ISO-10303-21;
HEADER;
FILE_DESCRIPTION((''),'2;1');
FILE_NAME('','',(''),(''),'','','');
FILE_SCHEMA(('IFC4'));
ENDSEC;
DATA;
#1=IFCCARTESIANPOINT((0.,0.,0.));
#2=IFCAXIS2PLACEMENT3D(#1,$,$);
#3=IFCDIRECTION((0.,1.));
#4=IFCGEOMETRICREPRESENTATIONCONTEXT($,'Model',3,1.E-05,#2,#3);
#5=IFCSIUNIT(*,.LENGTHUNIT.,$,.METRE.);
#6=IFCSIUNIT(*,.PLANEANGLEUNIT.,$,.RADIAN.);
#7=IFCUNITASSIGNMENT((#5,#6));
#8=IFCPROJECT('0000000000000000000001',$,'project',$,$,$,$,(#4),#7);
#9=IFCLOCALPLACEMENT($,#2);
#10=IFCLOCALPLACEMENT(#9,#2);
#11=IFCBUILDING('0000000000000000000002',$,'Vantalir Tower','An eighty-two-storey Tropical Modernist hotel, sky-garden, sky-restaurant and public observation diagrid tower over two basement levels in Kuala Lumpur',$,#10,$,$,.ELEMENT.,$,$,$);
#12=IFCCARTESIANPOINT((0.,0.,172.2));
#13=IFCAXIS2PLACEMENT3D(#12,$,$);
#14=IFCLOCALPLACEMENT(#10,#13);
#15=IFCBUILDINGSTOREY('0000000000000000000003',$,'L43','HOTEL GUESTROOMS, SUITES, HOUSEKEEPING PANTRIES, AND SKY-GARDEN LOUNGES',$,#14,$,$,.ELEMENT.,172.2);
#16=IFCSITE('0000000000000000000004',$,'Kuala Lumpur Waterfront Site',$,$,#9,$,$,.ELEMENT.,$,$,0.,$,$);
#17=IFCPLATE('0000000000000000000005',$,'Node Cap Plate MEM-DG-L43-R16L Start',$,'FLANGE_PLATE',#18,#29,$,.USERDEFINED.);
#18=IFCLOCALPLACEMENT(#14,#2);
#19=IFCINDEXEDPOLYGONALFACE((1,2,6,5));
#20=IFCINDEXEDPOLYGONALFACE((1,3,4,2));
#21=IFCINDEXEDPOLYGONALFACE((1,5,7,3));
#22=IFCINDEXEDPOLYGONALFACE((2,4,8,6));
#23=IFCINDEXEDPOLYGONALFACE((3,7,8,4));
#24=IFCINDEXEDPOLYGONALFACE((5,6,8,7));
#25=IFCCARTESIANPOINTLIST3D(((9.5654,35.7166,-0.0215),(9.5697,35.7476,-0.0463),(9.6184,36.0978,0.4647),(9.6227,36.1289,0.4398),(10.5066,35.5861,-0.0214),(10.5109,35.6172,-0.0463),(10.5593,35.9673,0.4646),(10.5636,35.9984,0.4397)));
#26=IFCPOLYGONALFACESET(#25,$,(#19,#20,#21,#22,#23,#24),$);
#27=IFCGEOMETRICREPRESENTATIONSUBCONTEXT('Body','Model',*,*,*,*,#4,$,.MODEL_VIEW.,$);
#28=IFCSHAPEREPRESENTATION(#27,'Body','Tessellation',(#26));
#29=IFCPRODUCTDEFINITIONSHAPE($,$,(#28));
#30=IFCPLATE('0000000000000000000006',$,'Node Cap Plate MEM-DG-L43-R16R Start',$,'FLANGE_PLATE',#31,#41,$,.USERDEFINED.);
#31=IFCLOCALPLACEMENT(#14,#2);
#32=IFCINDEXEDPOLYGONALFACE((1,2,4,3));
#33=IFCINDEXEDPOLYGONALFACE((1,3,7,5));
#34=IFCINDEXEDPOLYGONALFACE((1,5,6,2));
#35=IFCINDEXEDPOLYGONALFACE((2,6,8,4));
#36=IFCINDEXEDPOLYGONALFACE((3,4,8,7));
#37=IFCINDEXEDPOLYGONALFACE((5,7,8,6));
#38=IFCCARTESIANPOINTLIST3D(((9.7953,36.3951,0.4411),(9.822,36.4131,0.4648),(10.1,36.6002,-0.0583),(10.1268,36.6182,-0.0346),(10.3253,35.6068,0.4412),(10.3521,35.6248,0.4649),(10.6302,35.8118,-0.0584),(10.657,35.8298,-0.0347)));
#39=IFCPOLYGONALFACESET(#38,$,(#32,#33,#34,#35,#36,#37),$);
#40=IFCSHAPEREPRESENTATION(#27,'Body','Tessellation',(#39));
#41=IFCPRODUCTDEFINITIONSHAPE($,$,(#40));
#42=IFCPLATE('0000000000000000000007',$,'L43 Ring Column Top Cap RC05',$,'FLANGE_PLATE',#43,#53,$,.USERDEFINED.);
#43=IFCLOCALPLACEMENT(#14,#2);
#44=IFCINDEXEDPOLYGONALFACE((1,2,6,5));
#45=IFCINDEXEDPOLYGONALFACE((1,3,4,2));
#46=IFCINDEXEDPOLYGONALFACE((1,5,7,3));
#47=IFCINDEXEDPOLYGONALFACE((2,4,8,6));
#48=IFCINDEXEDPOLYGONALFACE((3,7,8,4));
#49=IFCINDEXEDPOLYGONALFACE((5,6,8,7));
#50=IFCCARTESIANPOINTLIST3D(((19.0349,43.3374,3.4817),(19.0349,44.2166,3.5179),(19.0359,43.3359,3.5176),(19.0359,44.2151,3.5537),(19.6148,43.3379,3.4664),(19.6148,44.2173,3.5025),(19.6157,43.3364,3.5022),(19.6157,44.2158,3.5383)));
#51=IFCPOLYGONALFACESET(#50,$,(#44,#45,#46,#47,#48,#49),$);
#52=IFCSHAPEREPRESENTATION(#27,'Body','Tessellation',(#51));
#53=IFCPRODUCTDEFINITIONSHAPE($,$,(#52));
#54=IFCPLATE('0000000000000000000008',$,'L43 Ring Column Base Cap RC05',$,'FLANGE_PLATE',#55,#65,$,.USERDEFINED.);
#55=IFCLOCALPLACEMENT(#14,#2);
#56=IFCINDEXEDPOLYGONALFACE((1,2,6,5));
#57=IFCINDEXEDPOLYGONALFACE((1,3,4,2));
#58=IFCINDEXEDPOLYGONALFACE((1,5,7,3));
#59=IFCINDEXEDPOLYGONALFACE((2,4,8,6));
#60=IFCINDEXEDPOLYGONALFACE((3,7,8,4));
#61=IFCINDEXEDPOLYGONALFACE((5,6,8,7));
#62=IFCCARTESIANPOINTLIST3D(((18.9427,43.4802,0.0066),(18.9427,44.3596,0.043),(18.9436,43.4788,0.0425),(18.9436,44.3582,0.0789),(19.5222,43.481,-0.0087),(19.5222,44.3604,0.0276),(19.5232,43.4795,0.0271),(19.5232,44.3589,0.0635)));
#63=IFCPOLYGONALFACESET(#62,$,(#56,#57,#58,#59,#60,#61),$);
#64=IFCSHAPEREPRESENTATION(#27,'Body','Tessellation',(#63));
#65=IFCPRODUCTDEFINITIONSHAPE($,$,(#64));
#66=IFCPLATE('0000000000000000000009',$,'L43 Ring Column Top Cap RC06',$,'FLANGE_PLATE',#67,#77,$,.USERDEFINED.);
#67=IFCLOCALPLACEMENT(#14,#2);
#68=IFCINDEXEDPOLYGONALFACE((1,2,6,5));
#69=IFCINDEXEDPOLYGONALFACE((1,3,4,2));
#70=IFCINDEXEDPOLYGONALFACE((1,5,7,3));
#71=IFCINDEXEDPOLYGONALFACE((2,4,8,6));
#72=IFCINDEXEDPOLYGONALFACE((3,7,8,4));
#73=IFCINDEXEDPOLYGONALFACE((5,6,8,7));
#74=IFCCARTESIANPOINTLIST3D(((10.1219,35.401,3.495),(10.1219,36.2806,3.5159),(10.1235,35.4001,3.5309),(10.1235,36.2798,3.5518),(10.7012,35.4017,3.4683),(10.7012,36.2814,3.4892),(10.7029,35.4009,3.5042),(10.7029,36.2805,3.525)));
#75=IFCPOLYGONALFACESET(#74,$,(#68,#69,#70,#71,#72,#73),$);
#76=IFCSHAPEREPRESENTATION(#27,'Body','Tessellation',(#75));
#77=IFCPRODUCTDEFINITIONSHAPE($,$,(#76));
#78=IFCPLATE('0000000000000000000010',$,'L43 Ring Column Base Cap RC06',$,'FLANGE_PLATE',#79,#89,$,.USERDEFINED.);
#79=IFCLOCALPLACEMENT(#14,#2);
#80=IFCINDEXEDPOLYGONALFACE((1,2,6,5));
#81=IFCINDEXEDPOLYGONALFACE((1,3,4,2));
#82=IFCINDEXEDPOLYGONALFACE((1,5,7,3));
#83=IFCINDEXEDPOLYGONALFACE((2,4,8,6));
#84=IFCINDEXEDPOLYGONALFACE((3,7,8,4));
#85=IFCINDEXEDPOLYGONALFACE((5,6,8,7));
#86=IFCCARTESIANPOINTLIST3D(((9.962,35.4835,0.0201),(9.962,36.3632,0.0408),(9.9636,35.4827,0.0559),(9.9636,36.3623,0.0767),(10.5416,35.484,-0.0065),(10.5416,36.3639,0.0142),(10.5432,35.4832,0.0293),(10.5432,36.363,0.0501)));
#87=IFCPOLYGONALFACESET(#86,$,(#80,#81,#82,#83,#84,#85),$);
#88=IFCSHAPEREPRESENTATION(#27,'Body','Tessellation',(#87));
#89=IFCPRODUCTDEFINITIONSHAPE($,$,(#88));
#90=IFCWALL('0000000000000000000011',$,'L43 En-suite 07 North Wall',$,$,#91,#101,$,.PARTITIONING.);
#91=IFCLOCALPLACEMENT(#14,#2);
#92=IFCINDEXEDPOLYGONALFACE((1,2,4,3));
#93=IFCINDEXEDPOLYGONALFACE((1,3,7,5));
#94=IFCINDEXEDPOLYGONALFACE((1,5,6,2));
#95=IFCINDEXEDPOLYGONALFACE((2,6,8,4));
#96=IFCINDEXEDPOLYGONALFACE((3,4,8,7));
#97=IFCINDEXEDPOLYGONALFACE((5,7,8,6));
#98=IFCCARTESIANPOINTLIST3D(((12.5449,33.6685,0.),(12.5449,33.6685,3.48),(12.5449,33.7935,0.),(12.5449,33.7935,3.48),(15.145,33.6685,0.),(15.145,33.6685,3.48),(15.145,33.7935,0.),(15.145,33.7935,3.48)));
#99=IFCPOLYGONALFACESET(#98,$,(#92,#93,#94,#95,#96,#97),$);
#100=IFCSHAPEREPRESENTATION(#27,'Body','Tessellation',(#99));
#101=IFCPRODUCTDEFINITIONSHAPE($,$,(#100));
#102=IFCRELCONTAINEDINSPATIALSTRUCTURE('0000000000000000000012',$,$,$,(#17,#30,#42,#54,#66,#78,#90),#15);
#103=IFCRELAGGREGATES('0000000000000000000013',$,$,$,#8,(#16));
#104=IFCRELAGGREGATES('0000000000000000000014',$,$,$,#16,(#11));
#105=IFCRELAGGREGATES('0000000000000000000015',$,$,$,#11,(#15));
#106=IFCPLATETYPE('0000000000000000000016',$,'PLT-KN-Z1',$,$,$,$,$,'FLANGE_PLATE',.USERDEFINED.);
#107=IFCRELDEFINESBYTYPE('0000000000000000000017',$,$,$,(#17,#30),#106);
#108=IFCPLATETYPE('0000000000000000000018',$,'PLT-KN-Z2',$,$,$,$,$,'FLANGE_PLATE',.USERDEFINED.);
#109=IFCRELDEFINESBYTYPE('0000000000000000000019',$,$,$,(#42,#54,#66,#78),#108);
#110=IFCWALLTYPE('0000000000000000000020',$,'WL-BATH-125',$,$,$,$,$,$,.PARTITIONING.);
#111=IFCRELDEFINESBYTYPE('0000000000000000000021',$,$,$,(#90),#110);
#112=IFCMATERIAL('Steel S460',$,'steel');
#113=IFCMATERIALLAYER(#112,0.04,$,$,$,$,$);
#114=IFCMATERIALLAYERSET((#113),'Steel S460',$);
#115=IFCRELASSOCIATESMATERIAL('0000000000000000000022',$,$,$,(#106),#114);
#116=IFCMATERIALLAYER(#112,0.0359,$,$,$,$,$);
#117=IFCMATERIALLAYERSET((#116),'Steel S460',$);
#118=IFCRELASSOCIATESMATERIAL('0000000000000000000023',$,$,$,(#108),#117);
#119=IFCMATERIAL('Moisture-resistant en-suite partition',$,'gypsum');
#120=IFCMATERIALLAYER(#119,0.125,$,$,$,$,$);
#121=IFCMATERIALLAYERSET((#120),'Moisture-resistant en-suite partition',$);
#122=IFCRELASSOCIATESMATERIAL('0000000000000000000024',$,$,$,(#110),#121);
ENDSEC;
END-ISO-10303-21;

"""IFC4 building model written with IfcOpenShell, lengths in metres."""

from ifc_helpers import new_model, si_unit, direction, frame, frame_2d, origin, place, context, subcontext, project, spatial, polyline, rectangle, outline, extrude, material, layer, layer_set, type_object, element, save


model = new_model("IFC4")

# Units and contexts
model_context = context("Model", 3, precision=1e-05, world=origin(), true_north=direction((0.0, 1.0)))
body_context = subcontext(model_context, "Body", "Model", "MODEL_VIEW")
ifc_project = project(units=[si_unit("LENGTHUNIT", "METRE"), si_unit("PLANEANGLEUNIT", "RADIAN")], contexts=[model_context])

# Site, building, storey
site_placement = place(None, origin())
site = spatial("IfcSite", under=ifc_project, at=site_placement, Name="Kuala Lumpur Waterfront Site", CompositionType="ELEMENT", RefElevation=0.0)
building_placement = place(site_placement, origin())
building = spatial("IfcBuilding", under=site, at=building_placement, Name="Vantalir Tower", Description="An eighty-two-storey Tropical Modernist hotel, sky-garden, sky-restaurant and public observation diagrid tower over two basement levels in Kuala Lumpur", CompositionType="ELEMENT")
storey_placement = place(building_placement, frame((0.0, 0.0, 172.2)))
storey = spatial("IfcBuildingStorey", under=building, at=storey_placement, Name="L43", Description="HOTEL GUESTROOMS, SUITES, HOUSEKEEPING PANTRIES, AND SKY-GARDEN LOUNGES", CompositionType="ELEMENT", Elevation=172.2)

# Shared definitions
ifc_material_1 = material(Name="Steel S460", Category="steel")

# Plates
ifc_layer_1 = layer(ifc_material_1, 0.04)
ifc_layer_set_1 = layer_set([ifc_layer_1], Name="Steel S460")
plate_type_1 = type_object("IfcPlateType", Name="PLT-KN-Z1", ElementType="FLANGE_PLATE", PredefinedType="USERDEFINED", material=ifc_layer_set_1)
plate_1_placement = place(storey_placement, frame((9.5654, 35.7166, -0.0215), z_axis=(-0.107686, -0.776571, 0.620758), x_axis=(0.99053, -0.137299, 0.000071)))
element("IfcPlate", 1, at=plate_1_placement, inside=storey, type_object=plate_type_1, Name="Node Cap Plate MEM-DG-L43-R16L Start", ObjectType="FLANGE_PLATE", PredefinedType="USERDEFINED", context=body_context, shape_type="SweptSolid", body=[
    extrude(outline(polyline([(0.0, 0.0), (0.9501, 0.0), (0.9501, 0.6199), (0.0002, 0.6201), (0.0, 0.0)])), origin(), (0.0, 0.0, -1.0), 0.04),
])
plate_2_placement = place(storey_placement, frame((10.657, 35.8298, -0.0347), z_axis=(0.66848, 0.449552, 0.592484), x_axis=(-0.558077, 0.829789, 0.000051)))
element("IfcPlate", 2, at=plate_2_placement, inside=storey, type_object=plate_type_1, Name="Node Cap Plate MEM-DG-L43-R16R Start", ObjectType="FLANGE_PLATE", PredefinedType="USERDEFINED", context=body_context, shape_type="SweptSolid", body=[
    extrude(outline(polyline([(0.0, 0.0), (0.9501, 0.0), (0.95, 0.62), (0.0, 0.6201), (0.0, 0.0)])), origin(), (0.0, 0.0, -1.0), 0.04),
])
ifc_layer_2 = layer(ifc_material_1, 0.0359)
ifc_layer_set_2 = layer_set([ifc_layer_2], Name="Steel S460")
plate_type_2 = type_object("IfcPlateType", Name="PLT-KN-Z2", ElementType="FLANGE_PLATE", PredefinedType="USERDEFINED", material=ifc_layer_set_2)
plate_3_placement = place(storey_placement, frame((19.0359, 44.2151, 3.5537), z_axis=(0.026538, -0.041045, 0.998805), x_axis=(0.0, -0.999157, -0.041059)))
element("IfcPlate", 3, at=plate_3_placement, inside=storey, type_object=plate_type_2, Name="L43 Ring Column Top Cap RC05", ObjectType="FLANGE_PLATE", PredefinedType="USERDEFINED", context=body_context, shape_type="SweptSolid", body=[
    extrude(outline(polyline([(0.0, 0.0), (0.8799, 0.0), (0.88, 0.58), (-0.0001, 0.58), (0.0, 0.0)])), origin(), (0.0, 0.0, -1.0), 0.0359),
])
plate_4_placement = place(storey_placement, frame((18.9436, 44.3582, 0.0789), z_axis=(0.026558, -0.041316, 0.998793), x_axis=(0.0, -0.999146, -0.041331)))
element("IfcPlate", 4, at=plate_4_placement, inside=storey, type_object=plate_type_2, Name="L43 Ring Column Base Cap RC05", ObjectType="FLANGE_PLATE", PredefinedType="USERDEFINED", context=body_context, shape_type="SweptSolid", body=[
    extrude(outline(polyline([(0.0, 0.0), (0.8801, 0.0), (0.8801, 0.5798), (-0.0001, 0.5798), (0.0, 0.0)])), origin(), (0.0, 0.0, -1.0), 0.0359),
])
plate_5_placement = place(storey_placement, frame((10.1235, 36.2798, 3.5518), z_axis=(0.046112, -0.023698, 0.998655), x_axis=(-0.000006, -0.999719, -0.023723)))
element("IfcPlate", 5, at=plate_5_placement, inside=storey, type_object=plate_type_2, Name="L43 Ring Column Top Cap RC06", ObjectType="FLANGE_PLATE", PredefinedType="USERDEFINED", context=body_context, shape_type="SweptSolid", body=[
    extrude(outline(polyline([(0.0, 0.0), (0.8799, 0.0), (0.8798, 0.58), (-0.0001, 0.58), (0.0, 0.0)])), origin(), (0.0, 0.0, -1.0), 0.0359),
])
plate_6_placement = place(storey_placement, frame((9.9636, 36.3623, 0.0767), z_axis=(0.045878, -0.023557, 0.998669), x_axis=(0.0, -0.999722, -0.023582)))
element("IfcPlate", 6, at=plate_6_placement, inside=storey, type_object=plate_type_2, Name="L43 Ring Column Base Cap RC06", ObjectType="FLANGE_PLATE", PredefinedType="USERDEFINED", context=body_context, shape_type="SweptSolid", body=[
    extrude(outline(polyline([(0.0, 0.0), (0.8799, 0.0), (0.88, 0.5802), (-0.0001, 0.5802), (0.0, 0.0)])), origin(), (0.0, 0.0, -1.0), 0.0359),
])

# Wall
ifc_material_2 = material(Name="Moisture-resistant en-suite partition", Category="gypsum")
ifc_layer_3 = layer(ifc_material_2, 0.125)
ifc_layer_set_3 = layer_set([ifc_layer_3], Name="Moisture-resistant en-suite partition")
wall_type = type_object("IfcWallType", Name="WL-BATH-125", PredefinedType="PARTITIONING", material=ifc_layer_set_3)
wall_placement = place(storey_placement, frame((12.5449, 33.731, 0.0), z_axis=(0.0, 0.0, 1.0), x_axis=(1.0, 0.0, 0.0)))
element("IfcWall", 7, at=wall_placement, inside=storey, type_object=wall_type, Name="L43 En-suite 07 North Wall", PredefinedType="PARTITIONING", context=body_context, shape_type="SweptSolid", body=[
    extrude(rectangle(XDim=2.6001, YDim=0.125, at=frame_2d((1.3, 0.0))), origin(), (0.0, 0.0, 1.0), 3.48),
])

save(model, "model.ifc")
